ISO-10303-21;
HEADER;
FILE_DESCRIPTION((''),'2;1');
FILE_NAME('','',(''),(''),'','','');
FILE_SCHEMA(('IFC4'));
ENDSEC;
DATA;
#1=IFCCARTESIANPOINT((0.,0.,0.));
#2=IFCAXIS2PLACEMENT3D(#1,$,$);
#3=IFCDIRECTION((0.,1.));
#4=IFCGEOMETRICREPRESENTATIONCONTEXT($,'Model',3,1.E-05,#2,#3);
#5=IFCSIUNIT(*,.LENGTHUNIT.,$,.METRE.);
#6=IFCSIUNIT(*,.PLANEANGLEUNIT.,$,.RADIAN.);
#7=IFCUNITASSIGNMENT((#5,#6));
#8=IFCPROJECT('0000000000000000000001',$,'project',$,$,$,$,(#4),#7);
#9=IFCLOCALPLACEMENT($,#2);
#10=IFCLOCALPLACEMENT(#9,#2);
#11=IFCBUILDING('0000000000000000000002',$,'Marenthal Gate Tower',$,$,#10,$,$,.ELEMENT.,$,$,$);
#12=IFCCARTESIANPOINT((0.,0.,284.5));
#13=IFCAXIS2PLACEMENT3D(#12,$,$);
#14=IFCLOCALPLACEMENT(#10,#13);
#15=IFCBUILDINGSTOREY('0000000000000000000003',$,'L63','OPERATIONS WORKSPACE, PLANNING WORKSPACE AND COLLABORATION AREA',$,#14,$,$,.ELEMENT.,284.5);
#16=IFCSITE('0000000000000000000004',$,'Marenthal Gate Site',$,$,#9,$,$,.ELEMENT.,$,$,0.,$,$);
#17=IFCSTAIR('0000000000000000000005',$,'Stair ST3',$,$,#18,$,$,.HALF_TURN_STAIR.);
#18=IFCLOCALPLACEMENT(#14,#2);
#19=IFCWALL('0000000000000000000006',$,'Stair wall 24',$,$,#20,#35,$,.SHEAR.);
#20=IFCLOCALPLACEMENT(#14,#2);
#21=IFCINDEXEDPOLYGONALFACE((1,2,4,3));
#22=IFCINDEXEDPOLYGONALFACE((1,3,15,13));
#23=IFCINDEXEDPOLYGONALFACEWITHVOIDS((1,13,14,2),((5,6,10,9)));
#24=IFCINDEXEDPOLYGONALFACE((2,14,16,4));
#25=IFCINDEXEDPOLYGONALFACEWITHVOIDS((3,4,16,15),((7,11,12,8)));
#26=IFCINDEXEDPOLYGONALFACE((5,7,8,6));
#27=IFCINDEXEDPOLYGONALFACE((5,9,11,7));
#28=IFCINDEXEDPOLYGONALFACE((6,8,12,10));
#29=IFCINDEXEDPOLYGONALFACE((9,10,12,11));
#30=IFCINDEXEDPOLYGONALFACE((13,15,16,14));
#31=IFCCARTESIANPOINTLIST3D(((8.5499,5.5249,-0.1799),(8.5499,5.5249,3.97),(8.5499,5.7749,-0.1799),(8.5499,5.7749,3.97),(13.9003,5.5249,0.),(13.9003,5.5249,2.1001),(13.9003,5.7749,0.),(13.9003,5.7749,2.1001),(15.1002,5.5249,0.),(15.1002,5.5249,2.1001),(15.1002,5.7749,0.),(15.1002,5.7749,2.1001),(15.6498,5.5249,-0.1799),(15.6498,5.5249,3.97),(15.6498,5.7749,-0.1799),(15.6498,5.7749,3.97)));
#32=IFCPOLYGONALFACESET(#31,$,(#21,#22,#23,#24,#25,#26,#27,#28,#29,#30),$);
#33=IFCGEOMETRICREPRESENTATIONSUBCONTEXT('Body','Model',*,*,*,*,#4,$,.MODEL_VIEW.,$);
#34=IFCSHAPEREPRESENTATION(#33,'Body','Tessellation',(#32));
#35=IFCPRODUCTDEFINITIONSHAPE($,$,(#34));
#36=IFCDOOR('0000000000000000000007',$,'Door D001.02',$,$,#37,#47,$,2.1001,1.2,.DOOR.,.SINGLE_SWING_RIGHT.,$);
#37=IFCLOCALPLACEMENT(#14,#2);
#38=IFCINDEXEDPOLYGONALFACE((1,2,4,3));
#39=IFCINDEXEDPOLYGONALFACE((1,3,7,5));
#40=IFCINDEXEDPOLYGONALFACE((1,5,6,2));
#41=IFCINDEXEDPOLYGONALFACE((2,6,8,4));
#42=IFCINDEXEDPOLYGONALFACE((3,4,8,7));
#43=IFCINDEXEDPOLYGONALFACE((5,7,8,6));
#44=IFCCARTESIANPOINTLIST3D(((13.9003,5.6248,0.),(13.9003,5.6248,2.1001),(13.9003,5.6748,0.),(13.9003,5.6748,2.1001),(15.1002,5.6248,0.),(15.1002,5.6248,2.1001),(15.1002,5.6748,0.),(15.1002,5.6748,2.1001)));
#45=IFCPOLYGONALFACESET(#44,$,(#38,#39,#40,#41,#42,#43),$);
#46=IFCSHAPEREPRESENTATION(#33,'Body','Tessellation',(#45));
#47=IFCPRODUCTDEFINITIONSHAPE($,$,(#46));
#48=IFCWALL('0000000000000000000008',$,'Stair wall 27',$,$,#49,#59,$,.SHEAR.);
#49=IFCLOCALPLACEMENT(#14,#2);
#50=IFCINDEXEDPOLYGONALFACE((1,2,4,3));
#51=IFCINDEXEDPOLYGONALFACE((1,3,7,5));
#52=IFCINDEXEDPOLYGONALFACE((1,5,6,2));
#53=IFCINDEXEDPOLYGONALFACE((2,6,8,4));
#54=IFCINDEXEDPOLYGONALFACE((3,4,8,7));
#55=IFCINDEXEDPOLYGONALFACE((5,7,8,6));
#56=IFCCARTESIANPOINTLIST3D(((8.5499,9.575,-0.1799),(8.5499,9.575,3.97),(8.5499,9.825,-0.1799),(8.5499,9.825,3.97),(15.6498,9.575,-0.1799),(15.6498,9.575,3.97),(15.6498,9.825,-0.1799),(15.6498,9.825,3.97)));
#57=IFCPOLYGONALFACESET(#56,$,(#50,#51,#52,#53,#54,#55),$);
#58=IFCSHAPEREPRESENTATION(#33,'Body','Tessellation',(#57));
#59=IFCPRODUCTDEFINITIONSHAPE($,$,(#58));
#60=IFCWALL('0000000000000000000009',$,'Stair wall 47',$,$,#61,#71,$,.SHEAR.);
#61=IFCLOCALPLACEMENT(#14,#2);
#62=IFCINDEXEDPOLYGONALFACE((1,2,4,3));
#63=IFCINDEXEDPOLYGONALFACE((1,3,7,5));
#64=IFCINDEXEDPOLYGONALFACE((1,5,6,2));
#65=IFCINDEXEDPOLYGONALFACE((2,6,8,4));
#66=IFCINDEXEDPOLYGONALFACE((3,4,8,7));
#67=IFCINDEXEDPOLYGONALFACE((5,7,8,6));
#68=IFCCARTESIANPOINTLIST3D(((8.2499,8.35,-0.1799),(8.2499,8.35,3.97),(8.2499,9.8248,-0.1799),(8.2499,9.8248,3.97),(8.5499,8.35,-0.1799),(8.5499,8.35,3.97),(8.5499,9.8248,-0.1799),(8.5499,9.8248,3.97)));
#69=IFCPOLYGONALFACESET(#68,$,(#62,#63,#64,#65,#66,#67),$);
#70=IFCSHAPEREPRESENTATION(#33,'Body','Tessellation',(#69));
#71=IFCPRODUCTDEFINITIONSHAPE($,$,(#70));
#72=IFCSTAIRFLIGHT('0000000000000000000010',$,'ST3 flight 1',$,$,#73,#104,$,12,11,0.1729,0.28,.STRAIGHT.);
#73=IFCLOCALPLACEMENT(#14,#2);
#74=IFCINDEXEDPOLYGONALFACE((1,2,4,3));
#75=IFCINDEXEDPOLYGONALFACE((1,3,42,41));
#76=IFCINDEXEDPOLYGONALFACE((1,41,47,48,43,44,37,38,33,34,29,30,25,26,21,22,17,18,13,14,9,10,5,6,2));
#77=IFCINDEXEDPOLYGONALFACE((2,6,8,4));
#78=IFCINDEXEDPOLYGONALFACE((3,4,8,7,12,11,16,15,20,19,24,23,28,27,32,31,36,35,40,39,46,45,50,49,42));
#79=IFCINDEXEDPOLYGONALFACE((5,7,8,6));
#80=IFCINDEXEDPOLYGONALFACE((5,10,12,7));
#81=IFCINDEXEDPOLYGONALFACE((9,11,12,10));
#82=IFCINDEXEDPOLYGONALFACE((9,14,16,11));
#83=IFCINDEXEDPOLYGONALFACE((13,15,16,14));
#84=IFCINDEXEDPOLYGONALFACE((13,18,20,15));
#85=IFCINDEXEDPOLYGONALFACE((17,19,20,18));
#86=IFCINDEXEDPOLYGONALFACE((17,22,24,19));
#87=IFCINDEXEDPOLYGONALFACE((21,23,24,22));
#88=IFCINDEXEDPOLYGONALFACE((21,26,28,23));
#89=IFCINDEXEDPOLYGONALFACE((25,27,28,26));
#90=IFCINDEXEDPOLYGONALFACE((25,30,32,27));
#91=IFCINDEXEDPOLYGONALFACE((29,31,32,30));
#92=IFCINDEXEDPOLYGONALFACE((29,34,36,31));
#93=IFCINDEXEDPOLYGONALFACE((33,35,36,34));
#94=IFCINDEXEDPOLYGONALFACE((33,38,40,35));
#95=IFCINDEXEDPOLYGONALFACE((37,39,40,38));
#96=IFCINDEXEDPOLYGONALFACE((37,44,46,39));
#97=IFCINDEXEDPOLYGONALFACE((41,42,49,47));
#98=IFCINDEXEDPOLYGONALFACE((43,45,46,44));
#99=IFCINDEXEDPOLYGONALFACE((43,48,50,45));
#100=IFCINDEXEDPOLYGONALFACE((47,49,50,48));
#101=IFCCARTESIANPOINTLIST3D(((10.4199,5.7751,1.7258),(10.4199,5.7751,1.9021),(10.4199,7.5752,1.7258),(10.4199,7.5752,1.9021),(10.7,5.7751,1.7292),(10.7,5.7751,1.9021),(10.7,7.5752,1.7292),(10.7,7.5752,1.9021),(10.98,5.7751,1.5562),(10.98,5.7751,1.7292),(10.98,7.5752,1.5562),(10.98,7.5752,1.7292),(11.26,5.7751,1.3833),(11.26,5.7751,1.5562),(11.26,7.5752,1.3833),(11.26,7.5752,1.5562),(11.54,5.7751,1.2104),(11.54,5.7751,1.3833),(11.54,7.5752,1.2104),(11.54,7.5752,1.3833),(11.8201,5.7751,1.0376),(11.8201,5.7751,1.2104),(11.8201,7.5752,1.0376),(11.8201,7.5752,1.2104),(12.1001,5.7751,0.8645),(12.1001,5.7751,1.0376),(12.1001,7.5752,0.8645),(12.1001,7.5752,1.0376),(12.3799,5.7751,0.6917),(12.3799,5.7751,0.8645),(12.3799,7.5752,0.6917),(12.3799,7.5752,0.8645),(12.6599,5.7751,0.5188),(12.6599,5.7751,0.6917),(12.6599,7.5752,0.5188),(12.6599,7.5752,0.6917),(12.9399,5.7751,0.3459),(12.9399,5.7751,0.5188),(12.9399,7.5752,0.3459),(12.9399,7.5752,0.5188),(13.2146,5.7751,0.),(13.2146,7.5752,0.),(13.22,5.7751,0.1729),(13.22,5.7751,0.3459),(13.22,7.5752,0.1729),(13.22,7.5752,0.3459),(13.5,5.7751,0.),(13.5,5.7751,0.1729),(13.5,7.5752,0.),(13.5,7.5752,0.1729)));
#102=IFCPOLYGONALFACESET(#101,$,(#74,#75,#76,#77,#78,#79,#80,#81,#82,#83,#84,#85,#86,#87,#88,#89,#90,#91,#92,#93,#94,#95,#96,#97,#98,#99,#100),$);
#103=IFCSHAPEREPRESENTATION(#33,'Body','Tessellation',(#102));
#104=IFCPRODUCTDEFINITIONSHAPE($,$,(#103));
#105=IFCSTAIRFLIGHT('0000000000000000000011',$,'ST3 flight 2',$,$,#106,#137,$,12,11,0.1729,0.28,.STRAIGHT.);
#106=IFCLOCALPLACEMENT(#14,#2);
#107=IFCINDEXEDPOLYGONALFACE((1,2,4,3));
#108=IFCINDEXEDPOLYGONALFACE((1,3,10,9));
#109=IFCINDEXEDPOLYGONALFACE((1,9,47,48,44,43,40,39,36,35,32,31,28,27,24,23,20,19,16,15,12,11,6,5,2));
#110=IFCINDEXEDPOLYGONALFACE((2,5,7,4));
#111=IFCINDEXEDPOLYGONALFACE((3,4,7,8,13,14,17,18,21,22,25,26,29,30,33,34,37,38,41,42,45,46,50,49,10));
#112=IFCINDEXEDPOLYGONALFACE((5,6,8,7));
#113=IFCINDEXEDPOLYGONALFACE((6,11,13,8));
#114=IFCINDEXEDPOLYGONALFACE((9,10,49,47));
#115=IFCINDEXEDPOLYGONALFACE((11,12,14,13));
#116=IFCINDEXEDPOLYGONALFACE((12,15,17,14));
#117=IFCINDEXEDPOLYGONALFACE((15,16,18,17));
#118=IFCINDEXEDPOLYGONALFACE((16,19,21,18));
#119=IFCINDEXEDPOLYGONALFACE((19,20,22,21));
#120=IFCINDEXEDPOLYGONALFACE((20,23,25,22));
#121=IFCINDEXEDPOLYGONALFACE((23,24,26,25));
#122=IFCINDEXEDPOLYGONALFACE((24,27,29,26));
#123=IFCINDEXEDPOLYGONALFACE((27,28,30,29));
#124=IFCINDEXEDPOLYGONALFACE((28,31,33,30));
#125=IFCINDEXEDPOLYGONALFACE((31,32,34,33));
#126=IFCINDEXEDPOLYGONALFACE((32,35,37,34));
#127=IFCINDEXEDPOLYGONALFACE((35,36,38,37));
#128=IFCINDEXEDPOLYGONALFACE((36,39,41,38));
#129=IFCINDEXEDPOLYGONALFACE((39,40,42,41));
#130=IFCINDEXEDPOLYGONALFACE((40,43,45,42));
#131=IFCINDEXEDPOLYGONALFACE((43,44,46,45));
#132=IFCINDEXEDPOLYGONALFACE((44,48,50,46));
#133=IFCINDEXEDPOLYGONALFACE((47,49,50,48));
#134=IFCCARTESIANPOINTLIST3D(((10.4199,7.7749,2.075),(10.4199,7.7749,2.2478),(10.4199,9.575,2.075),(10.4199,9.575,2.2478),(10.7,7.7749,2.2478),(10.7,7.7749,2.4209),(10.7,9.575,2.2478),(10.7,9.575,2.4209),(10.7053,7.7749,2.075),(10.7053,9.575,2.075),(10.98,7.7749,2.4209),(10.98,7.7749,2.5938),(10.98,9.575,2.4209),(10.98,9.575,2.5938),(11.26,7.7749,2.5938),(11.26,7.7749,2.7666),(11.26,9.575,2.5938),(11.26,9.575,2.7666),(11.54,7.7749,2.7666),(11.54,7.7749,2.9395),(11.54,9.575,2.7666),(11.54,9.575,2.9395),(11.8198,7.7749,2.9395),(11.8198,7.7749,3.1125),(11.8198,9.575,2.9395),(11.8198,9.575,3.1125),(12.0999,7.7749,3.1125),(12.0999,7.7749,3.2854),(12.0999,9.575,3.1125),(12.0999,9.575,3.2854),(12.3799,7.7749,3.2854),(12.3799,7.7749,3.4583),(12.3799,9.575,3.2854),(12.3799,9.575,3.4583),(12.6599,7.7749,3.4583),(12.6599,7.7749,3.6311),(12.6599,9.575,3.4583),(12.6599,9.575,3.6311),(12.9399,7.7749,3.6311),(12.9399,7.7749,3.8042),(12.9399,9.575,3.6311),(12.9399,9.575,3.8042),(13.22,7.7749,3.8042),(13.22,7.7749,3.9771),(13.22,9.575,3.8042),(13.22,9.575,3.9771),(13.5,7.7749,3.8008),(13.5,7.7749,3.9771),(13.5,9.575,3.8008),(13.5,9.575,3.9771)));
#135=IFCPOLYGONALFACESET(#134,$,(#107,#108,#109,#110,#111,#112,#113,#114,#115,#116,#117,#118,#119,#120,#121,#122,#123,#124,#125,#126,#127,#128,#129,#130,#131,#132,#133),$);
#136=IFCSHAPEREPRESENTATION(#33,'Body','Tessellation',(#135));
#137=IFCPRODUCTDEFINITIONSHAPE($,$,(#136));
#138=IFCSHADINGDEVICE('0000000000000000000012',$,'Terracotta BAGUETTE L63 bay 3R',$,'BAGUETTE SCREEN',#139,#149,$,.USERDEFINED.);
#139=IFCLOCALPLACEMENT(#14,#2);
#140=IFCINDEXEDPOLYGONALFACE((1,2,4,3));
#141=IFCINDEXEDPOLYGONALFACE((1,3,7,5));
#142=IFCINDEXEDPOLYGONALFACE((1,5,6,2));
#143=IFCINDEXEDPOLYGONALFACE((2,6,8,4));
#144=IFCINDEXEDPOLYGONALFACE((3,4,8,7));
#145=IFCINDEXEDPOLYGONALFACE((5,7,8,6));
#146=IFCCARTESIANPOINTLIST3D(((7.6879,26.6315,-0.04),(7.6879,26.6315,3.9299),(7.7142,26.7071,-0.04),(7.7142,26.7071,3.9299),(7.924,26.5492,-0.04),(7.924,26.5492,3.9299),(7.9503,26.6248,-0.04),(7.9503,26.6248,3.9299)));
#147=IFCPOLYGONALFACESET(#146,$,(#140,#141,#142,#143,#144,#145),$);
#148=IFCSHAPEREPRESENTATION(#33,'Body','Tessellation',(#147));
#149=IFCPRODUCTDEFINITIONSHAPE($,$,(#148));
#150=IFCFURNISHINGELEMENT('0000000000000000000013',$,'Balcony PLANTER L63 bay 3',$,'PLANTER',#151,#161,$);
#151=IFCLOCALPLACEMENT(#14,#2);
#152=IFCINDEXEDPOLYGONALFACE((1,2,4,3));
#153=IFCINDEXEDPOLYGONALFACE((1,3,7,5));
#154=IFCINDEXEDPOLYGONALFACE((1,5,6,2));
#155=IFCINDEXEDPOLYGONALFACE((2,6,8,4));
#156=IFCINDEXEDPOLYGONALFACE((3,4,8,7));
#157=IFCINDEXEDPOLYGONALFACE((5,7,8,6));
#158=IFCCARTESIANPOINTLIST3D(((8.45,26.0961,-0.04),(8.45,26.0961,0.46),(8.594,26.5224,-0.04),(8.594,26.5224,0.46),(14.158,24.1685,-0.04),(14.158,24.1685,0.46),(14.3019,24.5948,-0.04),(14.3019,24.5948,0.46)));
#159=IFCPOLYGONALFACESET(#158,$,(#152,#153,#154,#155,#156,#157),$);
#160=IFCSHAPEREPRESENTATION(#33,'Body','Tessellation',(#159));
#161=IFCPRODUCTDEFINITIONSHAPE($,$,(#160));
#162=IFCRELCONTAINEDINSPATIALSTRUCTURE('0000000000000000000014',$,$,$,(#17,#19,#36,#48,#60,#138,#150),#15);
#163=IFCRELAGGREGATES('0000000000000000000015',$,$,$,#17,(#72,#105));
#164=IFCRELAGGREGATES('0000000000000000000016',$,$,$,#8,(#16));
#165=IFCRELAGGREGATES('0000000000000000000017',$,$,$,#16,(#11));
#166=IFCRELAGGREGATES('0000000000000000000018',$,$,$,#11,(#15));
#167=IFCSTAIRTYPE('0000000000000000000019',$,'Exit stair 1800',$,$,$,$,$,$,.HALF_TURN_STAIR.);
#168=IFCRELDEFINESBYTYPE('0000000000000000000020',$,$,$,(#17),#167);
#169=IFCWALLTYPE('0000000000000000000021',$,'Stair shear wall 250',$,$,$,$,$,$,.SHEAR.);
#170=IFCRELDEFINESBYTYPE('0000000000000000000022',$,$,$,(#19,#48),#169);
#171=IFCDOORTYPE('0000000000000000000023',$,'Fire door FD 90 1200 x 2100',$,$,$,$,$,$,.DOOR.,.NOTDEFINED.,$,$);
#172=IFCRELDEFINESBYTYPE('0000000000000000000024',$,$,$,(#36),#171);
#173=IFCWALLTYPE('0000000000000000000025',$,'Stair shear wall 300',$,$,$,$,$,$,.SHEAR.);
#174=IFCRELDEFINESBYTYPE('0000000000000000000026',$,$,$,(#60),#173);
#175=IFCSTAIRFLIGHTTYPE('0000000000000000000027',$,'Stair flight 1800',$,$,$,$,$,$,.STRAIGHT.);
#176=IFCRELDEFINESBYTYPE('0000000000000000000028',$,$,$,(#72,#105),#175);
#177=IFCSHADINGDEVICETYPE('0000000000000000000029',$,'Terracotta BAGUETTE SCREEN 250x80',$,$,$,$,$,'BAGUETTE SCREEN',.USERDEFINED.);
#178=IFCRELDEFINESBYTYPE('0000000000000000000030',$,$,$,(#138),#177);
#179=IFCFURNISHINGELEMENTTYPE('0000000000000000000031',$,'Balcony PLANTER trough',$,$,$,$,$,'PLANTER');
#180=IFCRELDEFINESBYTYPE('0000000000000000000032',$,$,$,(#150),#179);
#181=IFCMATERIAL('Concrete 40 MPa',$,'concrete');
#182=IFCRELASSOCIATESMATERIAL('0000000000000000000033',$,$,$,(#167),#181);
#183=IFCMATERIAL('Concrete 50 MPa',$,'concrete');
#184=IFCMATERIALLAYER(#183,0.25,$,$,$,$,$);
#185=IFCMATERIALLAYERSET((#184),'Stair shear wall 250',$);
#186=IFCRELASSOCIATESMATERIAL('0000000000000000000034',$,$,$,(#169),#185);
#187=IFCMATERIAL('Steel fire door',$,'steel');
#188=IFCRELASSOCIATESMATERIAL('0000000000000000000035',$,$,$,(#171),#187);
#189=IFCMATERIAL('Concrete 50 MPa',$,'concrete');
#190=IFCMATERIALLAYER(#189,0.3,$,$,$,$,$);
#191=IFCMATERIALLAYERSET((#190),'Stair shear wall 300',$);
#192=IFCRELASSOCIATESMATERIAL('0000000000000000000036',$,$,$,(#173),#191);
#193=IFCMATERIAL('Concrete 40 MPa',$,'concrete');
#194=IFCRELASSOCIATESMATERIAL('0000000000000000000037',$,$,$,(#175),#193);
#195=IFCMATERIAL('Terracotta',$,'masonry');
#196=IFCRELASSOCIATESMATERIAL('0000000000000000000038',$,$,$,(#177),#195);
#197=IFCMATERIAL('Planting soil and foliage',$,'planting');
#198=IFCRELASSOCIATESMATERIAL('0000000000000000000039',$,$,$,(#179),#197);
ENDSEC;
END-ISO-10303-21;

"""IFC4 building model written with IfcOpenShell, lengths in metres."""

from ifc_helpers import new_model, si_unit, direction, frame, frame_2d, origin, origin_2d, place, context, subcontext, project, spatial, polyline, rectangle, outline, extrude, material, layer, layer_set, material_profile, profile_set, type_object, element, fill, aggregate, save


model = new_model("IFC4")

# Units and contexts
model_context = context("Model", 3, precision=1e-05, world=origin(), true_north=direction((0.0, 1.0)))
body_context = subcontext(model_context, "Body", "Model", "MODEL_VIEW")
ifc_project = project(units=[si_unit("LENGTHUNIT", "METRE"), si_unit("PLANEANGLEUNIT", "RADIAN")], contexts=[model_context])

# Site, building, storey
site_placement = place(None, origin())
site = spatial("IfcSite", under=ifc_project, at=site_placement, Name="Marenthal Gate Site", CompositionType="ELEMENT", RefElevation=0.0)
building_placement = place(site_placement, origin())
building = spatial("IfcBuilding", under=site, at=building_placement, Name="Marenthal Gate Tower", CompositionType="ELEMENT")
storey_placement = place(building_placement, frame((0.0, 0.0, 284.5)))
storey = spatial("IfcBuildingStorey", under=building, at=storey_placement, Name="L63", Description="OPERATIONS WORKSPACE, PLANNING WORKSPACE AND COLLABORATION AREA", CompositionType="ELEMENT", Elevation=284.5)

# Stair
ifc_material_1 = material(Name="Concrete 40 MPa", Category="concrete")
stair_type = type_object("IfcStairType", Name="Exit stair 1800", PredefinedType="HALF_TURN_STAIR", material=ifc_material_1)
stair_1_placement = place(storey_placement, origin())
stair_1 = element("IfcStair", 1, at=stair_1_placement, inside=storey, type_object=stair_type, Name="Stair ST3", PredefinedType="HALF_TURN_STAIR")

# Wall, opening, door
ifc_material_2 = material(Name="Concrete 50 MPa", Category="concrete")
ifc_layer_1 = layer(ifc_material_2, 0.25)
ifc_layer_set_1 = layer_set([ifc_layer_1], Name="Stair shear wall 250")
wall_type_1 = type_object("IfcWallType", Name="Stair shear wall 250", PredefinedType="SHEAR", material=ifc_layer_set_1)
wall_1_placement = place(storey_placement, frame((8.55, 5.6499, -0.1799), z_axis=(0.0, 0.0, 1.0), x_axis=(1.0, 0.0, 0.0)))
wall_1 = element("IfcWall", 2, at=wall_1_placement, inside=storey, type_object=wall_type_1, Name="Stair wall 24", PredefinedType="SHEAR", context=body_context, shape_type="SweptSolid", body=[
    extrude(rectangle(XDim=7.0999, YDim=0.25, at=frame_2d((3.5498, 0.0))), origin(), (0.0, 0.0, 1.0), 4.1499),
])
opening_1_placement = place(wall_1_placement, frame((5.3501, 0.0, 0.1799)))
opening_1 = element("IfcOpeningElement", 3, at=opening_1_placement, cuts=wall_1, PredefinedType="OPENING", context=body_context, shape_type="SweptSolid", body=[
    extrude(rectangle(XDim=1.2, YDim=2.1001, at=frame_2d((0.6001, 1.05))), frame((0.0, 0.135, 0.0), z_axis=(0.0, -1.0, 0.0), x_axis=(1.0, 0.0, 0.0)), (0.0, 0.0, 1.0), 0.27),
])
ifc_material_3 = material(Name="Steel fire door", Category="steel")
door_type_1 = type_object("IfcDoorType", Name="Fire door FD 90 1200 x 2100", OperationType="NOTDEFINED", PredefinedType="DOOR", material=ifc_material_3)
door_1_placement = place(opening_1_placement, origin())
door_1 = element("IfcDoor", 4, at=door_1_placement, inside=storey, type_object=door_type_1, Name="Door D001.02", OperationType="SINGLE_SWING_RIGHT", OverallHeight=2.1001, OverallWidth=1.2, PredefinedType="DOOR", context=body_context, shape_type="SweptSolid", body=[
    extrude(rectangle(XDim=1.2, YDim=2.1001, at=frame_2d((0.6001, 1.05))), frame((0.0, 0.0249, 0.0), z_axis=(0.0, -1.0, 0.0), x_axis=(1.0, 0.0, 0.0)), (0.0, 0.0, 1.0), 0.05),
])
fill(opening_1, door_1)

# Walls
wall_2_placement = place(storey_placement, frame((8.55, 9.7, -0.1799), z_axis=(0.0, 0.0, 1.0), x_axis=(1.0, 0.0, 0.0)))
element("IfcWall", 5, at=wall_2_placement, inside=storey, type_object=wall_type_1, Name="Stair wall 27", PredefinedType="SHEAR", context=body_context, shape_type="SweptSolid", body=[
    extrude(rectangle(XDim=7.0999, YDim=0.25, at=frame_2d((3.5498, 0.0))), origin(), (0.0, 0.0, 1.0), 4.1499),
])
ifc_material_4 = material(Name="Concrete 50 MPa", Category="concrete")
ifc_layer_2 = layer(ifc_material_4, 0.3)
ifc_layer_set_2 = layer_set([ifc_layer_2], Name="Stair shear wall 300")
wall_type_2 = type_object("IfcWallType", Name="Stair shear wall 300", PredefinedType="SHEAR", material=ifc_layer_set_2)
wall_3_placement = place(storey_placement, frame((8.3999, 8.3501, -0.1799), z_axis=(0.0, 0.0, 1.0), x_axis=(0.0, 1.0, 0.0)))
element("IfcWall", 6, at=wall_3_placement, inside=storey, type_object=wall_type_2, Name="Stair wall 47", PredefinedType="SHEAR", context=body_context, shape_type="SweptSolid", body=[
    extrude(rectangle(XDim=1.4749, YDim=0.3, at=frame_2d((0.7373, 0.0))), origin(), (0.0, 0.0, 1.0), 4.1499),
])

# Stair flights
ifc_material_5 = material(Name="Concrete 40 MPa", Category="concrete")
stair_flight_type = type_object("IfcStairFlightType", Name="Stair flight 1800", PredefinedType="STRAIGHT", material=ifc_material_5)
stair_flight_1_placement = place(storey_placement, frame((13.5, 6.675, 0.0), z_axis=(0.0, 0.0, 1.0), x_axis=(-1.0, 0.0, 0.0)))
stair_flight_1 = element("IfcStairFlight", 7, at=stair_flight_1_placement, type_object=stair_flight_type, Name="ST3 flight 1", NumberOfRisers=12, NumberOfTreads=11, PredefinedType="STRAIGHT", RiserHeight=0.1729, TreadLength=0.28, context=body_context, shape_type="SweptSolid", body=[
    extrude(outline(polyline([(0.0, 0.0), (0.0, 0.1729), (0.28, 0.1729), (0.28, 0.3459), (0.5601, 0.3459), (0.5601, 0.5188), (0.8401, 0.5188), (0.8401, 0.6917), (1.1201, 0.6917), (1.1201, 0.8645), (1.3999, 0.8645), (1.3999, 1.0376), (1.6799, 1.0376), (1.6799, 1.2104), (1.96, 1.2104), (1.96, 1.3833), (2.24, 1.3833), (2.24, 1.5562), (2.52, 1.5562), (2.52, 1.7292), (2.8, 1.7292), (2.8, 1.9021), (3.0801, 1.9021), (3.0801, 2.075), (3.0801, 1.7258), (0.2854, 0.0), (0.0, 0.0)])), frame((0.0, 0.8999, 0.0), z_axis=(0.0, -1.0, 0.0), x_axis=(1.0, 0.0, 0.0)), (0.0, 0.0, 1.0), 1.8),
])
stair_flight_2_placement = place(storey_placement, frame((10.4199, 8.675, 2.075), z_axis=(0.0, 0.0, 1.0), x_axis=(1.0, 0.0, 0.0)))
stair_flight_2 = element("IfcStairFlight", 8, at=stair_flight_2_placement, type_object=stair_flight_type, Name="ST3 flight 2", NumberOfRisers=12, NumberOfTreads=11, PredefinedType="STRAIGHT", RiserHeight=0.1729, TreadLength=0.28, context=body_context, shape_type="SweptSolid", body=[
    extrude(outline(polyline([(0.0, 0.0), (0.0, 0.1729), (0.28, 0.1729), (0.28, 0.3459), (0.5601, 0.3459), (0.5601, 0.5188), (0.8401, 0.5188), (0.8401, 0.6917), (1.1201, 0.6917), (1.1201, 0.8645), (1.3999, 0.8645), (1.3999, 1.0376), (1.6799, 1.0376), (1.6799, 1.2104), (1.96, 1.2104), (1.96, 1.3833), (2.24, 1.3833), (2.24, 1.5562), (2.52, 1.5562), (2.52, 1.7292), (2.8, 1.7292), (2.8, 1.9021), (3.0801, 1.9021), (3.0801, 2.075), (3.0801, 1.7258), (0.2854, 0.0), (0.0, 0.0)])), frame((0.0, 0.8999, 0.0), z_axis=(0.0, -1.0, 0.0), x_axis=(1.0, 0.0, 0.0)), (0.0, 0.0, 1.0), 1.8),
])
aggregate(stair_1, [stair_flight_1, stair_flight_2])

# Shading device
ifc_material_6 = material(Name="Terracotta", Category="masonry")
ifc_material_profile_1 = material_profile(ifc_material_6, rectangle(XDim=0.25, YDim=0.0801, at=origin_2d()), Name="Terracotta baguette 250x80")
ifc_profile_set_1 = profile_set([ifc_material_profile_1], Name="Terracotta")
shading_device_type = type_object("IfcShadingDeviceType", Name="Terracotta BAGUETTE SCREEN 250x80", ElementType="BAGUETTE SCREEN", PredefinedType="USERDEFINED", material=ifc_profile_set_1)
shading_device_placement = place(storey_placement, frame((7.8191, 26.6282, -0.04), z_axis=(0.0, 0.0, 1.0), x_axis=(-0.944305, 0.329072, 0.0)))
element("IfcShadingDevice", 9, at=shading_device_placement, inside=storey, type_object=shading_device_type, Name="Terracotta BAGUETTE L63 bay 3R", ObjectType="BAGUETTE SCREEN", PredefinedType="USERDEFINED", context=body_context, shape_type="SweptSolid", body=[
    extrude(rectangle(XDim=0.25, YDim=0.0801, at=origin_2d()), origin(), (0.0, 0.0, 1.0), 3.97),
])

# Furnishing element
ifc_material_7 = material(Name="Planting soil and foliage", Category="planting")
furnishing_element_type = type_object("IfcFurnishingElementType", Name="Balcony PLANTER trough", ElementType="PLANTER", material=ifc_material_7)
furnishing_placement = place(storey_placement, frame((11.376, 25.3455, -0.04), z_axis=(0.0, 0.0, 1.0), x_axis=(-0.947437, 0.319942, 0.0)))
element("IfcFurnishingElement", 10, at=furnishing_placement, inside=storey, type_object=furnishing_element_type, Name="Balcony PLANTER L63 bay 3", ObjectType="PLANTER", context=body_context, shape_type="SweptSolid", body=[
    extrude(rectangle(XDim=6.0247, YDim=0.45, at=origin_2d()), origin(), (0.0, 0.0, 1.0), 0.5),
])

save(model, "model.ifc")
